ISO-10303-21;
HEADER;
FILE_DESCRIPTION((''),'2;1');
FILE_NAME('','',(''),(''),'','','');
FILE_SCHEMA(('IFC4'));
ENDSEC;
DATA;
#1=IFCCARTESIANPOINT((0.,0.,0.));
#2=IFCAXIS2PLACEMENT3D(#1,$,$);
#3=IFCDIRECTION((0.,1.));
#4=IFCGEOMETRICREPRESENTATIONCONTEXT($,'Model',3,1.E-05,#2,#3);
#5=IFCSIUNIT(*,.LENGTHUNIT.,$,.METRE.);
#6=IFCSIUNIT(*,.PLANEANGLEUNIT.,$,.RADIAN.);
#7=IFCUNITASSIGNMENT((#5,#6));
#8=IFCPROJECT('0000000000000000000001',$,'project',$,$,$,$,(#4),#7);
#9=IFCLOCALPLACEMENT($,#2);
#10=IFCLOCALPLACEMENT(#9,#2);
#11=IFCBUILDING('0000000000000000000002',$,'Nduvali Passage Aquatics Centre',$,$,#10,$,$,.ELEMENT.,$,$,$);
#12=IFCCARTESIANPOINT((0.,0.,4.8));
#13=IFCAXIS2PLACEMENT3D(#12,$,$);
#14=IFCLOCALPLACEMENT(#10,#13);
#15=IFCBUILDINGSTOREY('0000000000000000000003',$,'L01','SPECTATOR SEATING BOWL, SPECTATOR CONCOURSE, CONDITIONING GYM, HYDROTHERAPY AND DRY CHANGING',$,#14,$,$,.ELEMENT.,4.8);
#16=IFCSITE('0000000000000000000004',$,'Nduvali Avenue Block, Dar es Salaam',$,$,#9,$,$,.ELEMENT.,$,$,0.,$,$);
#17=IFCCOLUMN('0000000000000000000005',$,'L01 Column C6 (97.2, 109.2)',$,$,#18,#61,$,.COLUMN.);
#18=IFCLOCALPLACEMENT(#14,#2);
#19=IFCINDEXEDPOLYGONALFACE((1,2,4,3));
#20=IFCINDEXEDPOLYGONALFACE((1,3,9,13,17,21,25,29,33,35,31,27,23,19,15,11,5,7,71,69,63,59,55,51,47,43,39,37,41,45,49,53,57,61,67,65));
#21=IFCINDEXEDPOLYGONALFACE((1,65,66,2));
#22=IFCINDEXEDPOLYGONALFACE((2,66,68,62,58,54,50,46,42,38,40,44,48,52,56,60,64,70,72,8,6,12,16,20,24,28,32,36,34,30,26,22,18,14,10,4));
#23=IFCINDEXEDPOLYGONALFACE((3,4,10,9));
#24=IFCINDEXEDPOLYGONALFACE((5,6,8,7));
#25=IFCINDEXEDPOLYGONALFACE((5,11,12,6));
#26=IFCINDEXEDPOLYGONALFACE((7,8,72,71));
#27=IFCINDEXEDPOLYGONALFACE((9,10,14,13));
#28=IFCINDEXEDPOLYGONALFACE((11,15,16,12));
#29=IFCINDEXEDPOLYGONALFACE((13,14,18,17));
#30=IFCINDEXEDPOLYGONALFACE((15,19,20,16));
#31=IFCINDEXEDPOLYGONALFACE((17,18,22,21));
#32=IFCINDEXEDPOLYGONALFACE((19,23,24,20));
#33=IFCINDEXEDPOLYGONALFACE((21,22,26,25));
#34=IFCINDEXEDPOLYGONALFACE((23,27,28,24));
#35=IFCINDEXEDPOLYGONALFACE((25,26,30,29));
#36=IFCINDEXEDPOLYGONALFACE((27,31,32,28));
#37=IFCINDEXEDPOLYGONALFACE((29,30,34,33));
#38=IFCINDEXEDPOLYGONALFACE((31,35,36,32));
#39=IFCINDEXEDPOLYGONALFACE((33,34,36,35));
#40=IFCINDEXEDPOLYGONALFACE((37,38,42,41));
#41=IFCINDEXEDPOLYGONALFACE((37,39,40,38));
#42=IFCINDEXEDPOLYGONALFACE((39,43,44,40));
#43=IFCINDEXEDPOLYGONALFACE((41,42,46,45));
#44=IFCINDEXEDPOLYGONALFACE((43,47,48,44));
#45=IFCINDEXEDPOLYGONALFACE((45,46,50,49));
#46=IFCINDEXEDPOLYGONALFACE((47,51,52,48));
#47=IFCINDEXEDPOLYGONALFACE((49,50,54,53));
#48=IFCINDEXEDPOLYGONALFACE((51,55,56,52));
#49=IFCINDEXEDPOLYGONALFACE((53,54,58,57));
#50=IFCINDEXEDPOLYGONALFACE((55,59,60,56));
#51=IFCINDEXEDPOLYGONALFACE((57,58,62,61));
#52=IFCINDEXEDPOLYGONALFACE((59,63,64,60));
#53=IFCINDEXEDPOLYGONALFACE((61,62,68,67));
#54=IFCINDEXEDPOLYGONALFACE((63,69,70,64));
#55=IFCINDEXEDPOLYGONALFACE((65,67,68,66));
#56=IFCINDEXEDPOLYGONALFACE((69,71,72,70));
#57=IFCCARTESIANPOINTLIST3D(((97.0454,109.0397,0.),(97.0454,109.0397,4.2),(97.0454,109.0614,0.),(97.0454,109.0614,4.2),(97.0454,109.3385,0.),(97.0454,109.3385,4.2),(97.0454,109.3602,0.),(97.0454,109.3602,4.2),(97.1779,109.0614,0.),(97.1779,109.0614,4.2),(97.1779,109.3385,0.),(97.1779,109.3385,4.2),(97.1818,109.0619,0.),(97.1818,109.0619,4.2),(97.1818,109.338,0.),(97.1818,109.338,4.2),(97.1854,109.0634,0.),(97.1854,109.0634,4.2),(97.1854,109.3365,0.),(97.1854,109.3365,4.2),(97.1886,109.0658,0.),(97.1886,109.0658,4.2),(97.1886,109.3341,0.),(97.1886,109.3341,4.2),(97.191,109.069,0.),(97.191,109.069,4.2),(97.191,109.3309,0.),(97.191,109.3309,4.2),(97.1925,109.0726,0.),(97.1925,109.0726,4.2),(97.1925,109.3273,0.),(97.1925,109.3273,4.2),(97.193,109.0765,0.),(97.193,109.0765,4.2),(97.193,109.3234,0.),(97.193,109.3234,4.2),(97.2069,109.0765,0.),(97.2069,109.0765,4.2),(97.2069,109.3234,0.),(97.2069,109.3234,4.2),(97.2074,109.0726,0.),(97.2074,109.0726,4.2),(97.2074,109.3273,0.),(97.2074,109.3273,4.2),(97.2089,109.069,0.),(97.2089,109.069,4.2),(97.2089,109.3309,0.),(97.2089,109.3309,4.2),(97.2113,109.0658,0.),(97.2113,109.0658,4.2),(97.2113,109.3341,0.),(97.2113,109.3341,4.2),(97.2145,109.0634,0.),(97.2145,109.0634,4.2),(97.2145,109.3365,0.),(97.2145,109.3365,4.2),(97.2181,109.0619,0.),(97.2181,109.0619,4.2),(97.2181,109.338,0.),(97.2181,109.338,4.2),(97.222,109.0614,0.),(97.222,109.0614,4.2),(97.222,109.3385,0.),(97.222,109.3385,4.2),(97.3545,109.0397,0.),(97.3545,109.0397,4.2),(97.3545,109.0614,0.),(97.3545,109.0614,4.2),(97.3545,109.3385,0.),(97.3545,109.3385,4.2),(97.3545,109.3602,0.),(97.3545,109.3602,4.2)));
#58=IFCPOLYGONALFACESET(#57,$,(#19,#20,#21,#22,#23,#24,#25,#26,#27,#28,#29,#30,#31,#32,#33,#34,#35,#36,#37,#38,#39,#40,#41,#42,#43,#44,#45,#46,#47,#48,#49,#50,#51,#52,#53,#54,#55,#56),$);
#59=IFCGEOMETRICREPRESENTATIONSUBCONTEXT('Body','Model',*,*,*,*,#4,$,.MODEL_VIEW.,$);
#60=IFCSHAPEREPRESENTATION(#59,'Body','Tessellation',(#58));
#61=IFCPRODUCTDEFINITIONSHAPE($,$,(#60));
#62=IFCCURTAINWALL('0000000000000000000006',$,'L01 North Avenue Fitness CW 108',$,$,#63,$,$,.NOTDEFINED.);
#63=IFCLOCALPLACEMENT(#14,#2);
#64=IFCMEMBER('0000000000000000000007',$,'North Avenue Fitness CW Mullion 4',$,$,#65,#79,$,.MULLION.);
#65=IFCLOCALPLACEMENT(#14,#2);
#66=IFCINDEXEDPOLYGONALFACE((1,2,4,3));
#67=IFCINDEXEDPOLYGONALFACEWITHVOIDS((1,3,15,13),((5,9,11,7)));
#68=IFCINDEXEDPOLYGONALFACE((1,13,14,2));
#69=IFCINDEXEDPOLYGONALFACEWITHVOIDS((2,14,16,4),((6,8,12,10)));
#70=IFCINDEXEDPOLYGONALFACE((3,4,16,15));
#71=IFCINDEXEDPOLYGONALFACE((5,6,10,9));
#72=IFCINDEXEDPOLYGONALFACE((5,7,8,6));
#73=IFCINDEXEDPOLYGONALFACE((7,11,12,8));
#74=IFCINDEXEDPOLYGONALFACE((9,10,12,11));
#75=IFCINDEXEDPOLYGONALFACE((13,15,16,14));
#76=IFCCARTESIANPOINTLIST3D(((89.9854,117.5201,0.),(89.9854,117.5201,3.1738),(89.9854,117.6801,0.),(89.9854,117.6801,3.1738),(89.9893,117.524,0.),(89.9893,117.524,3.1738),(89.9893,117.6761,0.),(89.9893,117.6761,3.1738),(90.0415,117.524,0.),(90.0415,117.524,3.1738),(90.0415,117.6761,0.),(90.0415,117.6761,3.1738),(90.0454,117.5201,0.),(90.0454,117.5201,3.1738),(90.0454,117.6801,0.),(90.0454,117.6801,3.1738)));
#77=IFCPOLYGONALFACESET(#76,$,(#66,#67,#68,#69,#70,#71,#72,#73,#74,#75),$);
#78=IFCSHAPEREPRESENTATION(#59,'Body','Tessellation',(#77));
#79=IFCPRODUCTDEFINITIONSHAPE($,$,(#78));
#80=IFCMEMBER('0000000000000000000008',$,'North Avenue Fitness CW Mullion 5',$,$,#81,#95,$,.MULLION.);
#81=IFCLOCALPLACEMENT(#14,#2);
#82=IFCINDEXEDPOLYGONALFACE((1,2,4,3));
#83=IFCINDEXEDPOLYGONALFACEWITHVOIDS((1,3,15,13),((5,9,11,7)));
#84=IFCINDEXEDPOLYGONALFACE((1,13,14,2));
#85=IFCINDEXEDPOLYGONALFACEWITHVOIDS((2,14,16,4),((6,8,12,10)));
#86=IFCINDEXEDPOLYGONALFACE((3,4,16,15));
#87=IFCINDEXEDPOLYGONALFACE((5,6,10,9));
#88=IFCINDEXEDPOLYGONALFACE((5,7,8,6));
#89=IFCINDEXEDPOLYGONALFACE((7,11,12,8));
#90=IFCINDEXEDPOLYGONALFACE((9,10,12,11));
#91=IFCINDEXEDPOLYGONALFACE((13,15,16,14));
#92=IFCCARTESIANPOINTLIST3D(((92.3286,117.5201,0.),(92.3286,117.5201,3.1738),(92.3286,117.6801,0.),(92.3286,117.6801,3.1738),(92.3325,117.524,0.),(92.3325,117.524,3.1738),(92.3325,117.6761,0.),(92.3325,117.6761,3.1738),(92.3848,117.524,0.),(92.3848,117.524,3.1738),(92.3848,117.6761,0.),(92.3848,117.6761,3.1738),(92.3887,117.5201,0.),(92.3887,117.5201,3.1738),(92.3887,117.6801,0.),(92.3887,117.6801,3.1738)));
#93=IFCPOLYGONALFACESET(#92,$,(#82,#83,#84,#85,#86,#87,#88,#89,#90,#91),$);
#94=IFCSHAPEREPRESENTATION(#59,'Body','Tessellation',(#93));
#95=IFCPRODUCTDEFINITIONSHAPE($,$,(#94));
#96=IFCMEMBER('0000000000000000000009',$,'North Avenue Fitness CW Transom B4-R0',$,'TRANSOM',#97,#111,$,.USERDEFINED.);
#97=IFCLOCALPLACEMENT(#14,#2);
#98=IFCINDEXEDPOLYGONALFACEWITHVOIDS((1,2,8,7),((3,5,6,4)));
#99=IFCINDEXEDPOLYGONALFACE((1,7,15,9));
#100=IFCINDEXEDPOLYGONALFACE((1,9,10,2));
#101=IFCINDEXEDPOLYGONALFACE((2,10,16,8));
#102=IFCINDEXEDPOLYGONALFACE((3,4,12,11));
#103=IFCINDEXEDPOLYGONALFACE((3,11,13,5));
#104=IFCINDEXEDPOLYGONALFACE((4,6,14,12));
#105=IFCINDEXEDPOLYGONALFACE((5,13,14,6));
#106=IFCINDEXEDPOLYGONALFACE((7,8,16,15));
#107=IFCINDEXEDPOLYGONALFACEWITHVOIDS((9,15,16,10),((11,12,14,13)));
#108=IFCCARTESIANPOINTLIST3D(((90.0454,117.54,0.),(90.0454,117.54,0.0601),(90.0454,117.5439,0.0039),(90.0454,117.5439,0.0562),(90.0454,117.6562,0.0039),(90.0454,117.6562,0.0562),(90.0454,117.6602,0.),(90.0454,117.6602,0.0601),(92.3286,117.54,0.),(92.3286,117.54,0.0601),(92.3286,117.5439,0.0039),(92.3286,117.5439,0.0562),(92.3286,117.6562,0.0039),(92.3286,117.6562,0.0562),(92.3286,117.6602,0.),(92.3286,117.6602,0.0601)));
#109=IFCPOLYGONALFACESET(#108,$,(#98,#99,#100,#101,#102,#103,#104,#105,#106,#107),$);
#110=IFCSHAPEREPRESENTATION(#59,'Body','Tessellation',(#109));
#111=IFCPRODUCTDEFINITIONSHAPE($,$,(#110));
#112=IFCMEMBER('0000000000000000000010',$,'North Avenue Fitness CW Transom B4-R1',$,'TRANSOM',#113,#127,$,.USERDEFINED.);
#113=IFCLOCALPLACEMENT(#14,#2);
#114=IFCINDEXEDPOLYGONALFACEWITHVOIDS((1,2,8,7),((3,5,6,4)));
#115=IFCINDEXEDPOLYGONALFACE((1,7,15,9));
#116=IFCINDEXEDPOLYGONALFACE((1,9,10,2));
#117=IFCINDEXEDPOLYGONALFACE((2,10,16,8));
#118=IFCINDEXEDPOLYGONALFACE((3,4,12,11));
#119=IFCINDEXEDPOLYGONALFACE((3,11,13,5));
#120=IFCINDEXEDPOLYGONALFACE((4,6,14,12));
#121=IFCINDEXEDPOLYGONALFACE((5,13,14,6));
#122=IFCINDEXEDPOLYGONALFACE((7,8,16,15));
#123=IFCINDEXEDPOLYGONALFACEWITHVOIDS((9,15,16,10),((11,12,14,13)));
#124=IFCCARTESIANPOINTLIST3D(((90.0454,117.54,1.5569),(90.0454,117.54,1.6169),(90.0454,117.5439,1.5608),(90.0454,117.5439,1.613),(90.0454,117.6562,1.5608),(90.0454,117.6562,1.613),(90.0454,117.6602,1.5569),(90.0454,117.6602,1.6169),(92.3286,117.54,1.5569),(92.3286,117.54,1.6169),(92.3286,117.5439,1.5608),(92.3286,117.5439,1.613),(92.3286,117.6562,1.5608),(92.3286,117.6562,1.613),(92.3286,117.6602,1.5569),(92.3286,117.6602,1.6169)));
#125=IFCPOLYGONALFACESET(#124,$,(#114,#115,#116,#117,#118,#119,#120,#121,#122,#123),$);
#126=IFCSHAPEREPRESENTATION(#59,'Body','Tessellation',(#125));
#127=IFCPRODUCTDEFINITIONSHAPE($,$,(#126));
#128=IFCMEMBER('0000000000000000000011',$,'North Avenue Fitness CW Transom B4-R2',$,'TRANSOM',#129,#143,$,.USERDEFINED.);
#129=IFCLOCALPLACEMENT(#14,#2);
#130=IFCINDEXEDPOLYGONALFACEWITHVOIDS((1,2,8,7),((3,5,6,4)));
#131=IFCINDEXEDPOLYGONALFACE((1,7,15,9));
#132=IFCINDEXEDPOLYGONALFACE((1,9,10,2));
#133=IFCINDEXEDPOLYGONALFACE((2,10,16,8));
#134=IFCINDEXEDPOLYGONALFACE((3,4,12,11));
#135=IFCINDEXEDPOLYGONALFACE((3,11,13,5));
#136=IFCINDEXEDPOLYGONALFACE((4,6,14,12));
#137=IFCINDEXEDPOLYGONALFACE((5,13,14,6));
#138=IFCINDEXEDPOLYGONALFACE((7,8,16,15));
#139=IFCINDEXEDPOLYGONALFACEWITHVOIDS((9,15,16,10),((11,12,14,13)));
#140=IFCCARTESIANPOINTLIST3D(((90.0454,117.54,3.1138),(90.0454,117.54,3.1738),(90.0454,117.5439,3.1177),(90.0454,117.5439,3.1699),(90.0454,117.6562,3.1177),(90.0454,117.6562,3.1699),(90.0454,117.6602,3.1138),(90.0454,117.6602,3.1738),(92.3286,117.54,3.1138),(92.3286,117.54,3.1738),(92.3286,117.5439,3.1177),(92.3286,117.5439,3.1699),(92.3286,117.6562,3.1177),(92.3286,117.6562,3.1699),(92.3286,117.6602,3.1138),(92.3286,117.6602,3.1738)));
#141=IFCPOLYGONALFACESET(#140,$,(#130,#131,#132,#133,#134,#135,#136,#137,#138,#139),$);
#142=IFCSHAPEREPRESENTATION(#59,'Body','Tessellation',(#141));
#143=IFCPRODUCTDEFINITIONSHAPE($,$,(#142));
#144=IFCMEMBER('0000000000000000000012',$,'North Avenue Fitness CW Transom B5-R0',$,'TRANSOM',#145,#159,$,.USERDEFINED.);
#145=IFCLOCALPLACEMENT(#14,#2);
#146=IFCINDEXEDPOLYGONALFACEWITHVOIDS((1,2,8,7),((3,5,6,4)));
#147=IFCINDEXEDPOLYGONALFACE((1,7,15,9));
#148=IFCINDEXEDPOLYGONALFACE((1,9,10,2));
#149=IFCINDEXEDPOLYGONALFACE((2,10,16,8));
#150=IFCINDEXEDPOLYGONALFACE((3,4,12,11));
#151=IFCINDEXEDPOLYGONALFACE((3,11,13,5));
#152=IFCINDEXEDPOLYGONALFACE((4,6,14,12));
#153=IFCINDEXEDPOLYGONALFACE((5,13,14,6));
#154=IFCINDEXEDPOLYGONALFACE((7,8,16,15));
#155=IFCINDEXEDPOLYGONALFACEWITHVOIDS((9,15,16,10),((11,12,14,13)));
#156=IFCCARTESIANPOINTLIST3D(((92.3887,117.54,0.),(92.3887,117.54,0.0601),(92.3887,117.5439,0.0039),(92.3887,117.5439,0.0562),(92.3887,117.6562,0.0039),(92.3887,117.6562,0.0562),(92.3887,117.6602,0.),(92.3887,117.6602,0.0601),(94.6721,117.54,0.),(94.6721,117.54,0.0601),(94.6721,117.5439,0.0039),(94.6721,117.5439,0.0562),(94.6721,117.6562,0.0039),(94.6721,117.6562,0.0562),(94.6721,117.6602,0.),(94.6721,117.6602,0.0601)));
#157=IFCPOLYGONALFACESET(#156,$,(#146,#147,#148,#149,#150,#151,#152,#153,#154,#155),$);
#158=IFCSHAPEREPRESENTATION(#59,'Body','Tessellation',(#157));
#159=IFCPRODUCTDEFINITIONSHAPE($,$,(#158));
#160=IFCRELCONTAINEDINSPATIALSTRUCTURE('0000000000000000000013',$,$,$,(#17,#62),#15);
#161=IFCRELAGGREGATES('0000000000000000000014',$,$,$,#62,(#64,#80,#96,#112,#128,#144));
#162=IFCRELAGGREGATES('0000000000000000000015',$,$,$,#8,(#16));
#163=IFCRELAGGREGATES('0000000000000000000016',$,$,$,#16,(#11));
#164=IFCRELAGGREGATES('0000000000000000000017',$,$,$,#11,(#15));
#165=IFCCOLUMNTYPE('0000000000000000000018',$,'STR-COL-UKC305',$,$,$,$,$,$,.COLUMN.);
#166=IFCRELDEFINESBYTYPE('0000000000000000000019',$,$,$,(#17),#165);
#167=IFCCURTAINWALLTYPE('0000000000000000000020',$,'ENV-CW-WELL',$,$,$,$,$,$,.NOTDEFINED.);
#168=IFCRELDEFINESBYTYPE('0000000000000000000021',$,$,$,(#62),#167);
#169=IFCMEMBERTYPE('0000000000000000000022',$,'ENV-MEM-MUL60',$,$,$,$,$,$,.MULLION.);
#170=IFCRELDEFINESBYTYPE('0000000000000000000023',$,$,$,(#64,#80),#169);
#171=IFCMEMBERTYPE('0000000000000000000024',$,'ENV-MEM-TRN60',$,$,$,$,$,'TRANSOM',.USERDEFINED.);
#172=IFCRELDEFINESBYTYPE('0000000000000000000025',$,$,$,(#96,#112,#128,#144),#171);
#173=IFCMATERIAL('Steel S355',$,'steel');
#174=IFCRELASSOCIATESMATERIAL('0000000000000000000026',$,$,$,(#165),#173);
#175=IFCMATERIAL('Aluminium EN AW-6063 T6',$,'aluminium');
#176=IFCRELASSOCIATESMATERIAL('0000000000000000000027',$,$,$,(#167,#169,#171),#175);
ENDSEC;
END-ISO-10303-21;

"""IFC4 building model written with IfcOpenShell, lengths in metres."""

from ifc_helpers import new_model, si_unit, direction, frame, origin, origin_2d, place, context, subcontext, project, spatial, hollow_rectangle, i_section, extrude, material, material_profile, profile_set, type_object, element, aggregate, save


model = new_model("IFC4")

# Units and contexts
model_context = context("Model", 3, precision=1e-05, world=origin(), true_north=direction((0.0, 1.0)))
body_context = subcontext(model_context, "Body", "Model", "MODEL_VIEW")
ifc_project = project(units=[si_unit("LENGTHUNIT", "METRE"), si_unit("PLANEANGLEUNIT", "RADIAN")], contexts=[model_context])

# Site, building, storey
site_placement = place(None, origin())
site = spatial("IfcSite", under=ifc_project, at=site_placement, Name="Nduvali Avenue Block, Dar es Salaam", CompositionType="ELEMENT", RefElevation=0.0)
building_placement = place(site_placement, origin())
building = spatial("IfcBuilding", under=site, at=building_placement, Name="Nduvali Passage Aquatics Centre", CompositionType="ELEMENT")
storey_placement = place(building_placement, frame((0.0, 0.0, 4.8)))
storey = spatial("IfcBuildingStorey", under=building, at=storey_placement, Name="L01", Description="SPECTATOR SEATING BOWL, SPECTATOR CONCOURSE, CONDITIONING GYM, HYDROTHERAPY AND DRY CHANGING", CompositionType="ELEMENT", Elevation=4.8)

# Column
ifc_material_1 = material(Name="Steel S355", Category="steel")
ifc_material_profile_1 = material_profile(ifc_material_1, i_section(OverallWidth=0.3091, OverallDepth=0.3206, WebThickness=0.0139, FlangeThickness=0.0217, FilletRadius=0.0151, at=origin_2d()), Name="UKC 305x305x137")
ifc_profile_set_1 = profile_set([ifc_material_profile_1], Name="Steel S355")
column_type = type_object("IfcColumnType", Name="STR-COL-UKC305", PredefinedType="COLUMN", material=ifc_profile_set_1)
column_placement = place(storey_placement, frame((97.2, 109.2, 0.0), z_axis=(0.0, 0.0, 1.0), x_axis=(1.0, 0.0, 0.0)))
element("IfcColumn", 1, at=column_placement, inside=storey, type_object=column_type, Name="L01 Column C6 (97.2, 109.2)", PredefinedType="COLUMN", context=body_context, shape_type="SweptSolid", body=[
    extrude(i_section(OverallWidth=0.3091, OverallDepth=0.3206, WebThickness=0.0139, FlangeThickness=0.0217, FilletRadius=0.0151, at=origin_2d()), origin(), (0.0, 0.0, 1.0), 4.2),
])

# Curtain wall, members
ifc_material_2 = material(Name="Aluminium EN AW-6063 T6", Category="aluminium")
curtain_wall_type = type_object("IfcCurtainWallType", Name="ENV-CW-WELL", PredefinedType="NOTDEFINED", material=ifc_material_2)
curtain_wall_placement = place(storey_placement, origin())
curtain_wall = element("IfcCurtainWall", 2, at=curtain_wall_placement, inside=storey, type_object=curtain_wall_type, Name="L01 North Avenue Fitness CW 108", PredefinedType="NOTDEFINED")
ifc_material_profile_2 = material_profile(ifc_material_2, hollow_rectangle(XDim=0.0601, YDim=0.1599, WallThickness=0.0039, at=origin_2d()), Name="ALU MULLION 60x160x4")
ifc_profile_set_2 = profile_set([ifc_material_profile_2], Name="Aluminium EN AW-6063 T6")
member_type_1 = type_object("IfcMemberType", Name="ENV-MEM-MUL60", PredefinedType="MULLION", material=ifc_profile_set_2)
member_1_placement = place(storey_placement, frame((90.0154, 117.6001, 0.0), z_axis=(0.0, 0.0, 1.0), x_axis=(1.0, 0.0, 0.0)))
member_1 = element("IfcMember", 3, at=member_1_placement, type_object=member_type_1, Name="North Avenue Fitness CW Mullion 4", PredefinedType="MULLION", context=body_context, shape_type="SweptSolid", body=[
    extrude(hollow_rectangle(XDim=0.0601, YDim=0.1599, WallThickness=0.0039, at=origin_2d()), origin(), (0.0, 0.0, 1.0), 3.1738),
])
member_2_placement = place(storey_placement, frame((92.3586, 117.6001, 0.0), z_axis=(0.0, 0.0, 1.0), x_axis=(1.0, 0.0, 0.0)))
member_2 = element("IfcMember", 4, at=member_2_placement, type_object=member_type_1, Name="North Avenue Fitness CW Mullion 5", PredefinedType="MULLION", context=body_context, shape_type="SweptSolid", body=[
    extrude(hollow_rectangle(XDim=0.0601, YDim=0.1599, WallThickness=0.0039, at=origin_2d()), origin(), (0.0, 0.0, 1.0), 3.1738),
])
ifc_material_profile_3 = material_profile(ifc_material_2, hollow_rectangle(XDim=0.1201, YDim=0.0601, WallThickness=0.0039, at=origin_2d()), Name="ALU TRANSOM 120x60x4")
ifc_profile_set_3 = profile_set([ifc_material_profile_3], Name="Aluminium EN AW-6063 T6")
member_type_2 = type_object("IfcMemberType", Name="ENV-MEM-TRN60", ElementType="TRANSOM", PredefinedType="USERDEFINED", material=ifc_profile_set_3)
member_3_placement = place(storey_placement, frame((90.0454, 117.6001, 0.03), z_axis=(1.0, 0.0, 0.0), x_axis=(0.0, 1.0, 0.0)))
member_3 = element("IfcMember", 5, at=member_3_placement, type_object=member_type_2, Name="North Avenue Fitness CW Transom B4-R0", ObjectType="TRANSOM", PredefinedType="USERDEFINED", context=body_context, shape_type="SweptSolid", body=[
    extrude(hollow_rectangle(XDim=0.1201, YDim=0.0601, WallThickness=0.0039, at=origin_2d()), origin(), (0.0, 0.0, 1.0), 2.2832),
])
member_4_placement = place(storey_placement, frame((90.0454, 117.6001, 1.5869), z_axis=(1.0, 0.0, 0.0), x_axis=(0.0, 1.0, 0.0)))
member_4 = element("IfcMember", 6, at=member_4_placement, type_object=member_type_2, Name="North Avenue Fitness CW Transom B4-R1", ObjectType="TRANSOM", PredefinedType="USERDEFINED", context=body_context, shape_type="SweptSolid", body=[
    extrude(hollow_rectangle(XDim=0.1201, YDim=0.0601, WallThickness=0.0039, at=origin_2d()), origin(), (0.0, 0.0, 1.0), 2.2832),
])
member_5_placement = place(storey_placement, frame((90.0454, 117.6001, 3.1438), z_axis=(1.0, 0.0, 0.0), x_axis=(0.0, 1.0, 0.0)))
member_5 = element("IfcMember", 7, at=member_5_placement, type_object=member_type_2, Name="North Avenue Fitness CW Transom B4-R2", ObjectType="TRANSOM", PredefinedType="USERDEFINED", context=body_context, shape_type="SweptSolid", body=[
    extrude(hollow_rectangle(XDim=0.1201, YDim=0.0601, WallThickness=0.0039, at=origin_2d()), origin(), (0.0, 0.0, 1.0), 2.2832),
])
member_6_placement = place(storey_placement, frame((92.3887, 117.6001, 0.03), z_axis=(1.0, 0.0, 0.0), x_axis=(0.0, 1.0, 0.0)))
member_6 = element("IfcMember", 8, at=member_6_placement, type_object=member_type_2, Name="North Avenue Fitness CW Transom B5-R0", ObjectType="TRANSOM", PredefinedType="USERDEFINED", context=body_context, shape_type="SweptSolid", body=[
    extrude(hollow_rectangle(XDim=0.1201, YDim=0.0601, WallThickness=0.0039, at=origin_2d()), origin(), (0.0, 0.0, 1.0), 2.2834),
])

aggregate(curtain_wall, [member_1, member_2, member_3, member_4, member_5, member_6])

save(model, "model.ifc")
